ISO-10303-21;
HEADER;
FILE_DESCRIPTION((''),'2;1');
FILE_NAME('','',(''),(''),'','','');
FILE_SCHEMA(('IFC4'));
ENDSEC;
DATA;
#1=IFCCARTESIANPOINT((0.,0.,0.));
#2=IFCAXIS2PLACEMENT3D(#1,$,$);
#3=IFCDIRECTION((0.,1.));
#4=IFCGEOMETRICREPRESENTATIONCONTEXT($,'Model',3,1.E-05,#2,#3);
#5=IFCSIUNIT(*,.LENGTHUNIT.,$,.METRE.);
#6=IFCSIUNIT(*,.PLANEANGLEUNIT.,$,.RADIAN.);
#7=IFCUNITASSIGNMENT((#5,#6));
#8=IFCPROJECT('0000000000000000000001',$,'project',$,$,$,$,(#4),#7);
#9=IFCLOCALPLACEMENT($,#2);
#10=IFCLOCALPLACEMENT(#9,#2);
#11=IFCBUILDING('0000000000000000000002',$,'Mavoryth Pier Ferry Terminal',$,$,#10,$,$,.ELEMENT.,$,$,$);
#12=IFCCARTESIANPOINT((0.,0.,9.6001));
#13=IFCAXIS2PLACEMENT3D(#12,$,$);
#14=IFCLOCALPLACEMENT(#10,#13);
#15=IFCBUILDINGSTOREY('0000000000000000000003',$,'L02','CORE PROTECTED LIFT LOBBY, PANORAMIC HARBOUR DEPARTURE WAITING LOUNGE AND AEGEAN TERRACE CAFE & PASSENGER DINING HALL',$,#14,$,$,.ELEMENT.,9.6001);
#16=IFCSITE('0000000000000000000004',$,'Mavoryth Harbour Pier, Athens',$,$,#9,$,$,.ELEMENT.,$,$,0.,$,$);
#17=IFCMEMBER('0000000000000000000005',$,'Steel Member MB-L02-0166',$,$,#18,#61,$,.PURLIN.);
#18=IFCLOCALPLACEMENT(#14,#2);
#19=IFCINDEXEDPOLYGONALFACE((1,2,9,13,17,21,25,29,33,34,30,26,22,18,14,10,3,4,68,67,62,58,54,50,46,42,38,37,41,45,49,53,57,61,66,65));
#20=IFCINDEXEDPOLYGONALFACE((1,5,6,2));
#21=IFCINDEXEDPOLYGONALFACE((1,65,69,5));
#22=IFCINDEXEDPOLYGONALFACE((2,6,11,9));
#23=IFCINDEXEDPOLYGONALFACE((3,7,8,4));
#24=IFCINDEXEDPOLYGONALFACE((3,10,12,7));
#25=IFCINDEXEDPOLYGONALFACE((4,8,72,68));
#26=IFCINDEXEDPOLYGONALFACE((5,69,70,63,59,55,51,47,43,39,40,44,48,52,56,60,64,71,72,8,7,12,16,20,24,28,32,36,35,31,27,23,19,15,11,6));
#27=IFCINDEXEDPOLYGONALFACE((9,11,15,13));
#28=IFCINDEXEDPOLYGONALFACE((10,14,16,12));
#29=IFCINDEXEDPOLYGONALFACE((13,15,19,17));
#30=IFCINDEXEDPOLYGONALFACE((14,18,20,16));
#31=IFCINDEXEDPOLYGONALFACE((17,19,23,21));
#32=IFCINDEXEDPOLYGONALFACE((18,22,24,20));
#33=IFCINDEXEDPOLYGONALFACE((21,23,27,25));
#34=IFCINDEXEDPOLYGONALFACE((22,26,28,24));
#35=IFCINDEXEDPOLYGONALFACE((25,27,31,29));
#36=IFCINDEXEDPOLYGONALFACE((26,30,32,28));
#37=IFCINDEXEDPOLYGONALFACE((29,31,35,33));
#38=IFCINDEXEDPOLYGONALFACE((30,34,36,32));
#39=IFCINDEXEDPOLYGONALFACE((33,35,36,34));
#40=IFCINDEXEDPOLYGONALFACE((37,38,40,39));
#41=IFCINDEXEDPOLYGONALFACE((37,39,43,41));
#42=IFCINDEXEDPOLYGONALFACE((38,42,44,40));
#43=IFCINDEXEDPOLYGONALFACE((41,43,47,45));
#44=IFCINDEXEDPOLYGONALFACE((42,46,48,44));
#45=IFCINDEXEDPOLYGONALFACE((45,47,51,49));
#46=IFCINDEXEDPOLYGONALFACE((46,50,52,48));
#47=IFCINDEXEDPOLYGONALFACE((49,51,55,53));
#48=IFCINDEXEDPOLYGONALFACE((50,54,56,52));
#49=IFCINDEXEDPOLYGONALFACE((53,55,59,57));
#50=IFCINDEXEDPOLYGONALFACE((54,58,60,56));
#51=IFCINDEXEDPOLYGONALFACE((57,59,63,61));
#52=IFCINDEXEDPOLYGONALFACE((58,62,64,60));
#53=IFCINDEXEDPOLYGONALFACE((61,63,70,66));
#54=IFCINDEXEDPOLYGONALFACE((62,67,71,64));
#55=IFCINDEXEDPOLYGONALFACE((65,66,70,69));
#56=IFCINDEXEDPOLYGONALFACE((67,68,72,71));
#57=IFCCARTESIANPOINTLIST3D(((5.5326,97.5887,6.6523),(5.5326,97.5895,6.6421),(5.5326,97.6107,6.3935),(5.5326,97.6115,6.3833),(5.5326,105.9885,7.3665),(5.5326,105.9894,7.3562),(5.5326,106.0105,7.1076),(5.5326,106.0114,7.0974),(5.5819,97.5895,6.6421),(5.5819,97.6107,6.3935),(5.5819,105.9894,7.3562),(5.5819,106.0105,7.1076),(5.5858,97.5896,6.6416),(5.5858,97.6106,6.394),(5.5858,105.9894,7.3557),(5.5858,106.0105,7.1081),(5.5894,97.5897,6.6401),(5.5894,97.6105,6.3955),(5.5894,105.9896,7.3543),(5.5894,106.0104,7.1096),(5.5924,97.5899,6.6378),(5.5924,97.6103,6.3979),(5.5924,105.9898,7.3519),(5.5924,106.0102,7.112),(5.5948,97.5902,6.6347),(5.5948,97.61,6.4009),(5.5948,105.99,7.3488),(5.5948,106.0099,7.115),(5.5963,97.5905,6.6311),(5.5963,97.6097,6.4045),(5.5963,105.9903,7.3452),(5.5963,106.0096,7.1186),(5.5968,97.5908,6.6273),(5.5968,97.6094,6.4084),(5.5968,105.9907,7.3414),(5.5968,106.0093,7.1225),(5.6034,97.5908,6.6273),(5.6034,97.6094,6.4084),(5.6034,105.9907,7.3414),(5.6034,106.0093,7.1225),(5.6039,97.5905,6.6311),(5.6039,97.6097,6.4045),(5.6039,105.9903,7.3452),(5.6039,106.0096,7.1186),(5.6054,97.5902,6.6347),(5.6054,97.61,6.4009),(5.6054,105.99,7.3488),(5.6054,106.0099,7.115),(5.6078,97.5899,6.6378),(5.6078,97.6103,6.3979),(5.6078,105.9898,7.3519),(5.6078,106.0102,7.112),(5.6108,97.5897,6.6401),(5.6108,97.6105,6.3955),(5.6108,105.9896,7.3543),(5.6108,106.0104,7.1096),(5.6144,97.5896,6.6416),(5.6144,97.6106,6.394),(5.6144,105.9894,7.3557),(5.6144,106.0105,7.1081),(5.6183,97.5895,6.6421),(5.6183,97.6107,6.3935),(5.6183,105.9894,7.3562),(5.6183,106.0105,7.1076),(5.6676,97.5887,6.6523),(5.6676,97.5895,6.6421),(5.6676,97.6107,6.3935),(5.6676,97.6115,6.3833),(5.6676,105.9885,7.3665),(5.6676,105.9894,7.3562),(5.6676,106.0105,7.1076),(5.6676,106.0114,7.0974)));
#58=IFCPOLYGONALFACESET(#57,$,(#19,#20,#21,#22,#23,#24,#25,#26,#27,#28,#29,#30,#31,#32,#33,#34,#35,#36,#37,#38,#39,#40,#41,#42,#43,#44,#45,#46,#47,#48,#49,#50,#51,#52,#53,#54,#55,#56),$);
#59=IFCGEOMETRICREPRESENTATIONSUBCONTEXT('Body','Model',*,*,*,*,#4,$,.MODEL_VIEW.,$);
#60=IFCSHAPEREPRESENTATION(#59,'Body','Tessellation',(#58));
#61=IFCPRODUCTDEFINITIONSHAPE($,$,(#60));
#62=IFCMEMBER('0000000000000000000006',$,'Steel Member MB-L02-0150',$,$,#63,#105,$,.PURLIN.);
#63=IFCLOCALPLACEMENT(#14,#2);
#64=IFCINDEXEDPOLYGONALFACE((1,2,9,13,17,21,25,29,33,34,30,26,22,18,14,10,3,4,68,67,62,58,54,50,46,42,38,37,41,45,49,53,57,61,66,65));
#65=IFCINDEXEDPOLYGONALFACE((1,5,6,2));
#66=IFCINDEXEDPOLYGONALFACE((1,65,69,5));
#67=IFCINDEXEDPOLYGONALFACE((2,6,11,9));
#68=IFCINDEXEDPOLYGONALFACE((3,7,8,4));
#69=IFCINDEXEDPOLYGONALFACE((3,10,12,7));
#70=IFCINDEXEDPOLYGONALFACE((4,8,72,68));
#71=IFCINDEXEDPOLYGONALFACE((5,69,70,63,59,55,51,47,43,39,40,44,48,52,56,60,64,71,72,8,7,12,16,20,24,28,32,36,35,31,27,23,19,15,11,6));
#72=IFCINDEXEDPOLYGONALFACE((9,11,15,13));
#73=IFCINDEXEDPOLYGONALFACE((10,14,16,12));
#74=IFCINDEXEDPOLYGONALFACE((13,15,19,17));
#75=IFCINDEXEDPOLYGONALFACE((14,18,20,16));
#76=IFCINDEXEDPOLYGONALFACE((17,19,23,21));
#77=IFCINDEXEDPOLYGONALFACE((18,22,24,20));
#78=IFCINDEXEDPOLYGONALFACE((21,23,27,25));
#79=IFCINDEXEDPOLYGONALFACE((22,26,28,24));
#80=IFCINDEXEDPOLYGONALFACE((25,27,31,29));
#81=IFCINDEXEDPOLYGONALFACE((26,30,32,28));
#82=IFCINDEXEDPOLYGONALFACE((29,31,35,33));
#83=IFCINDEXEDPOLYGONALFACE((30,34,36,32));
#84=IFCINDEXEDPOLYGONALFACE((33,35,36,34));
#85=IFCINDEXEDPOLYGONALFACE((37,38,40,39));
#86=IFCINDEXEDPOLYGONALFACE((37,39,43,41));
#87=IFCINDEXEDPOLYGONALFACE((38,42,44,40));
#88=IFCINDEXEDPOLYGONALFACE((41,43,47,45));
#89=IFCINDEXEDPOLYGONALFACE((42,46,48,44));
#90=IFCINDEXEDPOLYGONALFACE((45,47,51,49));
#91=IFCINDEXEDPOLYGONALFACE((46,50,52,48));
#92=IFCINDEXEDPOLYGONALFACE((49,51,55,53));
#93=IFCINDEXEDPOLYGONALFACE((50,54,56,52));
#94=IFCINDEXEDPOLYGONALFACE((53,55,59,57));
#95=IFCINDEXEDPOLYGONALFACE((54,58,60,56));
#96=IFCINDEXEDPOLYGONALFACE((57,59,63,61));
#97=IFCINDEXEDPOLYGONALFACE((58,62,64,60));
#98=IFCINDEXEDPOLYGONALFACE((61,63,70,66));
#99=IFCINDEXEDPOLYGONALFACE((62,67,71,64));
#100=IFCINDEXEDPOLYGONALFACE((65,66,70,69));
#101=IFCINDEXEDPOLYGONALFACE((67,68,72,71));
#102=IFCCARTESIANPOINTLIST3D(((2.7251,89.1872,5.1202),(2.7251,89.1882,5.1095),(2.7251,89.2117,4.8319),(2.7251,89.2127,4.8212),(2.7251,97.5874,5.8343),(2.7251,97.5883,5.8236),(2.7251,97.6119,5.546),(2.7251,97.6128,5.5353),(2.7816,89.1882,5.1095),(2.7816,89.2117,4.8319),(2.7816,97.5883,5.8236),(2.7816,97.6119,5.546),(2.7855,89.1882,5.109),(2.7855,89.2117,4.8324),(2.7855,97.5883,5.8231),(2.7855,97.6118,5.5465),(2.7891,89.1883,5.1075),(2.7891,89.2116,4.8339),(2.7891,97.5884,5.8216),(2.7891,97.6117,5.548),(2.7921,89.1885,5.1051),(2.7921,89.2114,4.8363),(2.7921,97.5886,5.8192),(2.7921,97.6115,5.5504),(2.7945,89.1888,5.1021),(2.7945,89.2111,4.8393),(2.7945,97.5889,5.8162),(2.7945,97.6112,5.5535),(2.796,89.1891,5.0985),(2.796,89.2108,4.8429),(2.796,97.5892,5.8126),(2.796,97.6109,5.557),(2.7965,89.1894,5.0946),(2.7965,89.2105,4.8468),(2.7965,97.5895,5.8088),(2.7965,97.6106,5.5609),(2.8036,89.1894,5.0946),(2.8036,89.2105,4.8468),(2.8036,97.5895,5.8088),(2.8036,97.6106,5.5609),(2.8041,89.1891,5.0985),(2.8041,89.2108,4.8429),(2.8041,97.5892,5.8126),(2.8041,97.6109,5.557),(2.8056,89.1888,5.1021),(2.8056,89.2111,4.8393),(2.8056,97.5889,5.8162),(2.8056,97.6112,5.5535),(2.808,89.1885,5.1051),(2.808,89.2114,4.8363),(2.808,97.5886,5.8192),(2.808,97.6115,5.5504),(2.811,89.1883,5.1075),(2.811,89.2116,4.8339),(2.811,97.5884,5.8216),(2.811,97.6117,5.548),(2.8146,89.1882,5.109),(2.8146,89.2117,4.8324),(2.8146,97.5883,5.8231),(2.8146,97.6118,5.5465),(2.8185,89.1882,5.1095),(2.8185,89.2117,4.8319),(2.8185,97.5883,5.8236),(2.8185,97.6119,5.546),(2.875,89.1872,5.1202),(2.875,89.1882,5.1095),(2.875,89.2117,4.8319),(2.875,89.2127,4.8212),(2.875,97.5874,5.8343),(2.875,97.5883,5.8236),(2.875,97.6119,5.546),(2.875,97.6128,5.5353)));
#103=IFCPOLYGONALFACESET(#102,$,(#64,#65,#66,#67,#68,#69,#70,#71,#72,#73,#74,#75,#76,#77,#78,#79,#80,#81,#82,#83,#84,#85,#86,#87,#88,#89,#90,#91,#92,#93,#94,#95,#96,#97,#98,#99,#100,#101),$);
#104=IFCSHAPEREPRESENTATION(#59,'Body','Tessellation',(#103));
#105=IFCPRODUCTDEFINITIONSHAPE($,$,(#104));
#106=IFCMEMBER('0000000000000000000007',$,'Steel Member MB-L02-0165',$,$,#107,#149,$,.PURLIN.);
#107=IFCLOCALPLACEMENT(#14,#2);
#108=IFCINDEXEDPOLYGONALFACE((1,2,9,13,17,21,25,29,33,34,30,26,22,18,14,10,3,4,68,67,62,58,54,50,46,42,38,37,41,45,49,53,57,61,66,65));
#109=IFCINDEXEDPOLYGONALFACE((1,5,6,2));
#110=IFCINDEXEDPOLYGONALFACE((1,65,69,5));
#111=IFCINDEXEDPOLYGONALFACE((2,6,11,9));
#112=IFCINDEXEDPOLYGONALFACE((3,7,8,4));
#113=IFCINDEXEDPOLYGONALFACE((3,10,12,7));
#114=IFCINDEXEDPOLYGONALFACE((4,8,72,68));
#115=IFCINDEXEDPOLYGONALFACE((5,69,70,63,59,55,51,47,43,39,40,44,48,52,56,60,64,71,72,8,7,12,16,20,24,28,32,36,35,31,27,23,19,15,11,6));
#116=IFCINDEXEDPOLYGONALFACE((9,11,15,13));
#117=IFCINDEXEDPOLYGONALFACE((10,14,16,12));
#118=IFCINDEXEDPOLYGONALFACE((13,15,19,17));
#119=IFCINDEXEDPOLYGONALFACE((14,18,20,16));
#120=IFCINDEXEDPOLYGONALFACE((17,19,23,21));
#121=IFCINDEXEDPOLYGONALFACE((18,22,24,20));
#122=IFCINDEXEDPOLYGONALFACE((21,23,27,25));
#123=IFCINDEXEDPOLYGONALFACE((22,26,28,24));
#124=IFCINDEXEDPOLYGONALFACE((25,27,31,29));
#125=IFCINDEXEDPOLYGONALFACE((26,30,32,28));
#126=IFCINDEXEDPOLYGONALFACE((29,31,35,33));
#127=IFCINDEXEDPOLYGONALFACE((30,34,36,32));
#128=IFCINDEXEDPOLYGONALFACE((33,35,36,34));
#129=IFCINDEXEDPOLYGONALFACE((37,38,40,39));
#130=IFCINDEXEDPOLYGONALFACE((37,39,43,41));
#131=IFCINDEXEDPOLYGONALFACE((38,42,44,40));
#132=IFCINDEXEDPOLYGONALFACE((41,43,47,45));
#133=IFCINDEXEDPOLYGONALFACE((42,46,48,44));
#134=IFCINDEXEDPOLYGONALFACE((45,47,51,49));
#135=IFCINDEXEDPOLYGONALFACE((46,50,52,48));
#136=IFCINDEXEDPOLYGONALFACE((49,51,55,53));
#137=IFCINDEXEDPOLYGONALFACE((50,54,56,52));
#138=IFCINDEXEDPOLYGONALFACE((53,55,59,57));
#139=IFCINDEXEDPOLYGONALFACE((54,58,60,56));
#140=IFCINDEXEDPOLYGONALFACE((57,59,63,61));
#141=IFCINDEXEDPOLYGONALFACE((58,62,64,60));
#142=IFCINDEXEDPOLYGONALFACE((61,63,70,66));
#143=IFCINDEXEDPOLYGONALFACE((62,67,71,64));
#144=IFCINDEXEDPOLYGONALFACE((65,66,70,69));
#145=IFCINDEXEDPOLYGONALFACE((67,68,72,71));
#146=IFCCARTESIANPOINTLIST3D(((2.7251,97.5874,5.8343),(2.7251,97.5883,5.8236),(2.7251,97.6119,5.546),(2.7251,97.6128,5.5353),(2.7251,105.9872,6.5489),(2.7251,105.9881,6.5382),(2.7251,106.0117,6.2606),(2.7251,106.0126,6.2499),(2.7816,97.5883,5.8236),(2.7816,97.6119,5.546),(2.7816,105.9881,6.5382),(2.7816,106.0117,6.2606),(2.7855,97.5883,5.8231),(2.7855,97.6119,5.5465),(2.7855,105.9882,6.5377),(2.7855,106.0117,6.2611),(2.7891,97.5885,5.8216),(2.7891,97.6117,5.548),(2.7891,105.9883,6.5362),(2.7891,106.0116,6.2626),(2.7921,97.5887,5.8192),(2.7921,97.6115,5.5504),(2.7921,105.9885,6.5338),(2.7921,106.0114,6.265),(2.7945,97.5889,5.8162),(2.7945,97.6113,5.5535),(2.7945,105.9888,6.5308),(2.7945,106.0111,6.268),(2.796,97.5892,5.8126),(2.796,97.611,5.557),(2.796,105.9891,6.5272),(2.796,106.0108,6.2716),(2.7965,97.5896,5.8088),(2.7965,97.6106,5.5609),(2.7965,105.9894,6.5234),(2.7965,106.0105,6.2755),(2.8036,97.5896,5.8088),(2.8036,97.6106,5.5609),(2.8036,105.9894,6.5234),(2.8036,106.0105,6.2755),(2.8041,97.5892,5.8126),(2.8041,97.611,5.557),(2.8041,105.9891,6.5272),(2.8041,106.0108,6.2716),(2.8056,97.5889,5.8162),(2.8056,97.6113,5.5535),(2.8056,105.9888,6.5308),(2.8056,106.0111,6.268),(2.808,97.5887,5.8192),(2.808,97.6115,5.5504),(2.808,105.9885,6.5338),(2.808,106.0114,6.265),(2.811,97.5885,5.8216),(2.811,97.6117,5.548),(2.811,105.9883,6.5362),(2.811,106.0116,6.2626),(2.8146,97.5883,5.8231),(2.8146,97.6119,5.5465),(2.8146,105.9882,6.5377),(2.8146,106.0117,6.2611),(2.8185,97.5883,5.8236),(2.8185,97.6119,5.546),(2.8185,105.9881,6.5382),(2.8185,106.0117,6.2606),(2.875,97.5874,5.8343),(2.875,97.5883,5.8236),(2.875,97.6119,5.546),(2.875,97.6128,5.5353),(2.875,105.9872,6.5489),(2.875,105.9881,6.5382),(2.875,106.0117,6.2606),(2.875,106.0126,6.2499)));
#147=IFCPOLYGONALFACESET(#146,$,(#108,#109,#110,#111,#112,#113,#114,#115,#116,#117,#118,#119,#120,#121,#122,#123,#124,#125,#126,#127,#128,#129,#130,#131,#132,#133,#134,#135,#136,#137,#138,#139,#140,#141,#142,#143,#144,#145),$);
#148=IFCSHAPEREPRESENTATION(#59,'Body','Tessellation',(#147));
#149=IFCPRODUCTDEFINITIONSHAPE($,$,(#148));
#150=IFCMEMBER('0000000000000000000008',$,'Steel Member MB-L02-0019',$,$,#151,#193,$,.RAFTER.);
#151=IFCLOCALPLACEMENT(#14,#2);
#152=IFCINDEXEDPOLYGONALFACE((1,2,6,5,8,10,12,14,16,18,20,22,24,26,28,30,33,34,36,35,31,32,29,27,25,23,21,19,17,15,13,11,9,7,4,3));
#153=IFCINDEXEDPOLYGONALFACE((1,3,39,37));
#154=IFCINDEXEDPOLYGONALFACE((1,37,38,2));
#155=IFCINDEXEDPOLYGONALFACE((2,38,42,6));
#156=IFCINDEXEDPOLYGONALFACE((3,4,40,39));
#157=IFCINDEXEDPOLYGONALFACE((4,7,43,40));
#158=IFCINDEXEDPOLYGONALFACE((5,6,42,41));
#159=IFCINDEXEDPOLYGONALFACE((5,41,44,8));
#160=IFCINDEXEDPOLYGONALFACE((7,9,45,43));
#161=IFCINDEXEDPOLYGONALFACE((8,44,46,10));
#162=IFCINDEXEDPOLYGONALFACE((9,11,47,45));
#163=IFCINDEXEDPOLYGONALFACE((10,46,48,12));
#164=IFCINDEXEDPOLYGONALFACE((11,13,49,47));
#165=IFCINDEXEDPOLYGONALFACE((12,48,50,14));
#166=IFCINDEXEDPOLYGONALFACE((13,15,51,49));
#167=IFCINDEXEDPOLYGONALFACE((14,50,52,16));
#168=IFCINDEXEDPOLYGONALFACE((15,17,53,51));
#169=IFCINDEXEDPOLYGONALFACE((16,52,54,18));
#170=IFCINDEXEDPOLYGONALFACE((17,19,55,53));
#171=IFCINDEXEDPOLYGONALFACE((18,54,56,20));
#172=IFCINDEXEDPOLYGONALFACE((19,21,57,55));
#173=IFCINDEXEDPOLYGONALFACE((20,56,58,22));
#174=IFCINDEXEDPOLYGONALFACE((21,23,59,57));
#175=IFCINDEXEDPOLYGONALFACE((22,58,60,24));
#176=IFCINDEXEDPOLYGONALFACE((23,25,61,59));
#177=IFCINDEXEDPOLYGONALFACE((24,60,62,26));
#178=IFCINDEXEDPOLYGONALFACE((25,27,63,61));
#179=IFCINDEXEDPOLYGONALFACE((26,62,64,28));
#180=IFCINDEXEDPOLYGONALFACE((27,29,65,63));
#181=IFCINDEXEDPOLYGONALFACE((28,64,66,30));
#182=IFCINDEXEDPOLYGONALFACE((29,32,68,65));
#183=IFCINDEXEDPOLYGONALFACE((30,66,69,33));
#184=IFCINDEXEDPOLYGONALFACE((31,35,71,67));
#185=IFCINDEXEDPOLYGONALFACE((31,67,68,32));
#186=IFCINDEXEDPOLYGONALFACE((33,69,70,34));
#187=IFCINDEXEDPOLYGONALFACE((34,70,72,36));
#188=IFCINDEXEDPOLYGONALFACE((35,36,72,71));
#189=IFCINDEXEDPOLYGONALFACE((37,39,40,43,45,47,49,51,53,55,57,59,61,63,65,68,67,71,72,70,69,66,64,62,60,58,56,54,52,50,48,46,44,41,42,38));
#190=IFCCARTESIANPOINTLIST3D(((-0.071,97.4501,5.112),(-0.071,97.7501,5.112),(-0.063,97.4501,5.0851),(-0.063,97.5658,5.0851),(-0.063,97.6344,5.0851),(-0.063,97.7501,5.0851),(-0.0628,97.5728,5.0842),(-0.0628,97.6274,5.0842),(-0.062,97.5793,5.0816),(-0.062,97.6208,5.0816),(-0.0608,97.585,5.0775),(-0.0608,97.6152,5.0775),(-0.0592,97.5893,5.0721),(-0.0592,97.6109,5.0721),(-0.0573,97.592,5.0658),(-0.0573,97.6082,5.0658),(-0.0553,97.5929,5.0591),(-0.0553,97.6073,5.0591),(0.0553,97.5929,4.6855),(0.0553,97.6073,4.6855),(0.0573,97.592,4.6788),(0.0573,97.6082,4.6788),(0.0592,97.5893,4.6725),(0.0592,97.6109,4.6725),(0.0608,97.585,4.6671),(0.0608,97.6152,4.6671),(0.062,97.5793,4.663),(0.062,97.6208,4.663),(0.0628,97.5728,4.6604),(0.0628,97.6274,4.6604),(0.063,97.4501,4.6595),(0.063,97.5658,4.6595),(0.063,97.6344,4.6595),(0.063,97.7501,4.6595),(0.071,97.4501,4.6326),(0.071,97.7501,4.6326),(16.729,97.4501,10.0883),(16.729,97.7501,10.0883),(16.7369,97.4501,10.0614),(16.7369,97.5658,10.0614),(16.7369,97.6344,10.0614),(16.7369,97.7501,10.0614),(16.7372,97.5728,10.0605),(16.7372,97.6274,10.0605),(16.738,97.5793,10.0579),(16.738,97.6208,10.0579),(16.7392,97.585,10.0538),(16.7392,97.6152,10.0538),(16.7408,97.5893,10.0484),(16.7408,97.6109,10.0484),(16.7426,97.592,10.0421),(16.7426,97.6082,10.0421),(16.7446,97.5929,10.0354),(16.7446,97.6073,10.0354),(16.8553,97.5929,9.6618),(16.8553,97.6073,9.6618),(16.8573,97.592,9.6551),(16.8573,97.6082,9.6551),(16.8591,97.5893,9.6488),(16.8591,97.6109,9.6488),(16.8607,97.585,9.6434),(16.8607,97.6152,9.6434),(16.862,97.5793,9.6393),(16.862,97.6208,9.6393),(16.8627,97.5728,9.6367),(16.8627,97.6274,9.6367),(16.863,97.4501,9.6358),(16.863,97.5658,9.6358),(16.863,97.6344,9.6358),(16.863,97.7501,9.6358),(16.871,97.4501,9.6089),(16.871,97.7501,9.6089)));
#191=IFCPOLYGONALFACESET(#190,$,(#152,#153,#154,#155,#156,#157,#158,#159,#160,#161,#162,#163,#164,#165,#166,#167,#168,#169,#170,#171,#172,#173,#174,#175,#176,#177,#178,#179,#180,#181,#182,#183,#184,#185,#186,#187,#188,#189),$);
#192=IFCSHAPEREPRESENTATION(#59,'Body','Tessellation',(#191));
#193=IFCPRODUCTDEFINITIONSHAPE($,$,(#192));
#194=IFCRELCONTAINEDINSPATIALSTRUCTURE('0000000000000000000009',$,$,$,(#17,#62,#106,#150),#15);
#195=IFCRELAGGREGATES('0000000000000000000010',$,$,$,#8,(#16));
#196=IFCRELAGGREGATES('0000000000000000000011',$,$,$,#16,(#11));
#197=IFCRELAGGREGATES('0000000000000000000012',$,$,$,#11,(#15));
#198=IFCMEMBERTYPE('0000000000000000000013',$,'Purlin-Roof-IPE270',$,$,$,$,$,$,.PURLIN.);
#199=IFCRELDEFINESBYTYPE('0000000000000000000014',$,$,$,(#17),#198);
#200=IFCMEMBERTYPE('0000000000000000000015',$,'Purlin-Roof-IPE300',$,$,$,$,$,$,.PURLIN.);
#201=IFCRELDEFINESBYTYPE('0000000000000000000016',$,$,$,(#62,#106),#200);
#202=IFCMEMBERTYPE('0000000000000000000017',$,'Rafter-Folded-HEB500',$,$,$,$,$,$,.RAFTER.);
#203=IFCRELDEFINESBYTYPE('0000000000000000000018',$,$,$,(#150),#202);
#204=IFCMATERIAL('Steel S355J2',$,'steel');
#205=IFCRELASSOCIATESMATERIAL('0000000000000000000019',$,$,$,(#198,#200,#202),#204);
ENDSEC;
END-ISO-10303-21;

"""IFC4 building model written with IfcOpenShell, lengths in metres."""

from ifc_helpers import new_model, si_unit, direction, frame, origin, origin_2d, place, context, subcontext, project, spatial, i_section, extrude, material, material_profile, profile_set, type_object, element, save


model = new_model("IFC4")

# Units and contexts
model_context = context("Model", 3, precision=1e-05, world=origin(), true_north=direction((0.0, 1.0)))
body_context = subcontext(model_context, "Body", "Model", "MODEL_VIEW")
ifc_project = project(units=[si_unit("LENGTHUNIT", "METRE"), si_unit("PLANEANGLEUNIT", "RADIAN")], contexts=[model_context])

# Site, building, storey
site_placement = place(None, origin())
site = spatial("IfcSite", under=ifc_project, at=site_placement, Name="Mavoryth Harbour Pier, Athens", CompositionType="ELEMENT", RefElevation=0.0)
building_placement = place(site_placement, origin())
building = spatial("IfcBuilding", under=site, at=building_placement, Name="Mavoryth Pier Ferry Terminal", CompositionType="ELEMENT")
storey_placement = place(building_placement, frame((0.0, 0.0, 9.6001)))
storey = spatial("IfcBuildingStorey", under=building, at=storey_placement, Name="L02", Description="CORE PROTECTED LIFT LOBBY, PANORAMIC HARBOUR DEPARTURE WAITING LOUNGE AND AEGEAN TERRACE CAFE & PASSENGER DINING HALL", CompositionType="ELEMENT", Elevation=9.6001)

# Shared definitions
ifc_material_1 = material(Name="Steel S355J2", Category="steel")

# Members
ifc_material_profile_1 = material_profile(ifc_material_1, i_section(OverallWidth=0.135, OverallDepth=0.27, WebThickness=0.0066, FlangeThickness=0.0103, FilletRadius=0.0149, at=origin_2d()), Name="IPE 270", Category="steel")
ifc_profile_set_1 = profile_set([ifc_material_profile_1], Name="Steel S355J2 - IPE 270")
member_type_1 = type_object("IfcMemberType", Name="Purlin-Roof-IPE270", PredefinedType="PURLIN", material=ifc_profile_set_1)
member_1_placement = place(storey_placement, frame((5.6001, 97.6001, 6.5178), z_axis=(0.0, 0.996406, 0.084709), x_axis=(-1.0, 0.0, 0.0)))
element("IfcMember", 1, at=member_1_placement, inside=storey, type_object=member_type_1, Name="Steel Member MB-L02-0166", PredefinedType="PURLIN", context=body_context, shape_type="SweptSolid", body=[
    extrude(i_section(OverallWidth=0.135, OverallDepth=0.27, WebThickness=0.0066, FlangeThickness=0.0103, FilletRadius=0.0149, at=origin_2d()), origin(), (0.0, 0.0, 1.0), 8.4302),
])
ifc_material_profile_2 = material_profile(ifc_material_1, i_section(OverallWidth=0.1499, OverallDepth=0.3, WebThickness=0.0071, FlangeThickness=0.0107, FilletRadius=0.0149, at=origin_2d()), Name="IPE 300", Category="steel")
ifc_profile_set_2 = profile_set([ifc_material_profile_2], Name="Steel S355J2 - IPE 300")
member_type_2 = type_object("IfcMemberType", Name="Purlin-Roof-IPE300", PredefinedType="PURLIN", material=ifc_profile_set_2)
member_2_placement = place(storey_placement, frame((2.8, 89.2, 4.9707), z_axis=(0.0, 0.996406, 0.084706), x_axis=(-1.0, 0.0, 0.0)))
element("IfcMember", 2, at=member_2_placement, inside=storey, type_object=member_type_2, Name="Steel Member MB-L02-0150", PredefinedType="PURLIN", context=body_context, shape_type="SweptSolid", body=[
    extrude(i_section(OverallWidth=0.1499, OverallDepth=0.3, WebThickness=0.0071, FlangeThickness=0.0107, FilletRadius=0.0149, at=origin_2d()), origin(), (0.0, 0.0, 1.0), 8.4304),
])
member_3_placement = place(storey_placement, frame((2.8, 97.6001, 5.6848), z_axis=(0.0, 0.996401, 0.084766), x_axis=(-1.0, 0.0, 0.0)))
element("IfcMember", 3, at=member_3_placement, inside=storey, type_object=member_type_2, Name="Steel Member MB-L02-0165", PredefinedType="PURLIN", context=body_context, shape_type="SweptSolid", body=[
    extrude(i_section(OverallWidth=0.1499, OverallDepth=0.3, WebThickness=0.0071, FlangeThickness=0.0107, FilletRadius=0.0149, at=origin_2d()), origin(), (0.0, 0.0, 1.0), 8.4302),
])
ifc_material_profile_3 = material_profile(ifc_material_1, i_section(OverallWidth=0.3, OverallDepth=0.5, WebThickness=0.0144, FlangeThickness=0.0281, FilletRadius=0.0271, at=origin_2d()), Name="HEB 500", Category="steel")
ifc_profile_set_3 = profile_set([ifc_material_profile_3], Name="Steel S355J2 - HEB 500")
member_type_3 = type_object("IfcMemberType", Name="Rafter-Folded-HEB500", PredefinedType="RAFTER", material=ifc_profile_set_3)
member_4_placement = place(storey_placement, frame((0.0, 97.6001, 4.8723), z_axis=(0.958821, 0.0, 0.284011), x_axis=(0.0, 1.0, 0.0)))
element("IfcMember", 4, at=member_4_placement, inside=storey, type_object=member_type_3, Name="Steel Member MB-L02-0019", PredefinedType="RAFTER", context=body_context, shape_type="SweptSolid", body=[
    extrude(i_section(OverallWidth=0.3, OverallDepth=0.5, WebThickness=0.0144, FlangeThickness=0.0281, FilletRadius=0.0271, at=origin_2d()), origin(), (0.0, 0.0, 1.0), 17.5215),
])

save(model, "model.ifc")
